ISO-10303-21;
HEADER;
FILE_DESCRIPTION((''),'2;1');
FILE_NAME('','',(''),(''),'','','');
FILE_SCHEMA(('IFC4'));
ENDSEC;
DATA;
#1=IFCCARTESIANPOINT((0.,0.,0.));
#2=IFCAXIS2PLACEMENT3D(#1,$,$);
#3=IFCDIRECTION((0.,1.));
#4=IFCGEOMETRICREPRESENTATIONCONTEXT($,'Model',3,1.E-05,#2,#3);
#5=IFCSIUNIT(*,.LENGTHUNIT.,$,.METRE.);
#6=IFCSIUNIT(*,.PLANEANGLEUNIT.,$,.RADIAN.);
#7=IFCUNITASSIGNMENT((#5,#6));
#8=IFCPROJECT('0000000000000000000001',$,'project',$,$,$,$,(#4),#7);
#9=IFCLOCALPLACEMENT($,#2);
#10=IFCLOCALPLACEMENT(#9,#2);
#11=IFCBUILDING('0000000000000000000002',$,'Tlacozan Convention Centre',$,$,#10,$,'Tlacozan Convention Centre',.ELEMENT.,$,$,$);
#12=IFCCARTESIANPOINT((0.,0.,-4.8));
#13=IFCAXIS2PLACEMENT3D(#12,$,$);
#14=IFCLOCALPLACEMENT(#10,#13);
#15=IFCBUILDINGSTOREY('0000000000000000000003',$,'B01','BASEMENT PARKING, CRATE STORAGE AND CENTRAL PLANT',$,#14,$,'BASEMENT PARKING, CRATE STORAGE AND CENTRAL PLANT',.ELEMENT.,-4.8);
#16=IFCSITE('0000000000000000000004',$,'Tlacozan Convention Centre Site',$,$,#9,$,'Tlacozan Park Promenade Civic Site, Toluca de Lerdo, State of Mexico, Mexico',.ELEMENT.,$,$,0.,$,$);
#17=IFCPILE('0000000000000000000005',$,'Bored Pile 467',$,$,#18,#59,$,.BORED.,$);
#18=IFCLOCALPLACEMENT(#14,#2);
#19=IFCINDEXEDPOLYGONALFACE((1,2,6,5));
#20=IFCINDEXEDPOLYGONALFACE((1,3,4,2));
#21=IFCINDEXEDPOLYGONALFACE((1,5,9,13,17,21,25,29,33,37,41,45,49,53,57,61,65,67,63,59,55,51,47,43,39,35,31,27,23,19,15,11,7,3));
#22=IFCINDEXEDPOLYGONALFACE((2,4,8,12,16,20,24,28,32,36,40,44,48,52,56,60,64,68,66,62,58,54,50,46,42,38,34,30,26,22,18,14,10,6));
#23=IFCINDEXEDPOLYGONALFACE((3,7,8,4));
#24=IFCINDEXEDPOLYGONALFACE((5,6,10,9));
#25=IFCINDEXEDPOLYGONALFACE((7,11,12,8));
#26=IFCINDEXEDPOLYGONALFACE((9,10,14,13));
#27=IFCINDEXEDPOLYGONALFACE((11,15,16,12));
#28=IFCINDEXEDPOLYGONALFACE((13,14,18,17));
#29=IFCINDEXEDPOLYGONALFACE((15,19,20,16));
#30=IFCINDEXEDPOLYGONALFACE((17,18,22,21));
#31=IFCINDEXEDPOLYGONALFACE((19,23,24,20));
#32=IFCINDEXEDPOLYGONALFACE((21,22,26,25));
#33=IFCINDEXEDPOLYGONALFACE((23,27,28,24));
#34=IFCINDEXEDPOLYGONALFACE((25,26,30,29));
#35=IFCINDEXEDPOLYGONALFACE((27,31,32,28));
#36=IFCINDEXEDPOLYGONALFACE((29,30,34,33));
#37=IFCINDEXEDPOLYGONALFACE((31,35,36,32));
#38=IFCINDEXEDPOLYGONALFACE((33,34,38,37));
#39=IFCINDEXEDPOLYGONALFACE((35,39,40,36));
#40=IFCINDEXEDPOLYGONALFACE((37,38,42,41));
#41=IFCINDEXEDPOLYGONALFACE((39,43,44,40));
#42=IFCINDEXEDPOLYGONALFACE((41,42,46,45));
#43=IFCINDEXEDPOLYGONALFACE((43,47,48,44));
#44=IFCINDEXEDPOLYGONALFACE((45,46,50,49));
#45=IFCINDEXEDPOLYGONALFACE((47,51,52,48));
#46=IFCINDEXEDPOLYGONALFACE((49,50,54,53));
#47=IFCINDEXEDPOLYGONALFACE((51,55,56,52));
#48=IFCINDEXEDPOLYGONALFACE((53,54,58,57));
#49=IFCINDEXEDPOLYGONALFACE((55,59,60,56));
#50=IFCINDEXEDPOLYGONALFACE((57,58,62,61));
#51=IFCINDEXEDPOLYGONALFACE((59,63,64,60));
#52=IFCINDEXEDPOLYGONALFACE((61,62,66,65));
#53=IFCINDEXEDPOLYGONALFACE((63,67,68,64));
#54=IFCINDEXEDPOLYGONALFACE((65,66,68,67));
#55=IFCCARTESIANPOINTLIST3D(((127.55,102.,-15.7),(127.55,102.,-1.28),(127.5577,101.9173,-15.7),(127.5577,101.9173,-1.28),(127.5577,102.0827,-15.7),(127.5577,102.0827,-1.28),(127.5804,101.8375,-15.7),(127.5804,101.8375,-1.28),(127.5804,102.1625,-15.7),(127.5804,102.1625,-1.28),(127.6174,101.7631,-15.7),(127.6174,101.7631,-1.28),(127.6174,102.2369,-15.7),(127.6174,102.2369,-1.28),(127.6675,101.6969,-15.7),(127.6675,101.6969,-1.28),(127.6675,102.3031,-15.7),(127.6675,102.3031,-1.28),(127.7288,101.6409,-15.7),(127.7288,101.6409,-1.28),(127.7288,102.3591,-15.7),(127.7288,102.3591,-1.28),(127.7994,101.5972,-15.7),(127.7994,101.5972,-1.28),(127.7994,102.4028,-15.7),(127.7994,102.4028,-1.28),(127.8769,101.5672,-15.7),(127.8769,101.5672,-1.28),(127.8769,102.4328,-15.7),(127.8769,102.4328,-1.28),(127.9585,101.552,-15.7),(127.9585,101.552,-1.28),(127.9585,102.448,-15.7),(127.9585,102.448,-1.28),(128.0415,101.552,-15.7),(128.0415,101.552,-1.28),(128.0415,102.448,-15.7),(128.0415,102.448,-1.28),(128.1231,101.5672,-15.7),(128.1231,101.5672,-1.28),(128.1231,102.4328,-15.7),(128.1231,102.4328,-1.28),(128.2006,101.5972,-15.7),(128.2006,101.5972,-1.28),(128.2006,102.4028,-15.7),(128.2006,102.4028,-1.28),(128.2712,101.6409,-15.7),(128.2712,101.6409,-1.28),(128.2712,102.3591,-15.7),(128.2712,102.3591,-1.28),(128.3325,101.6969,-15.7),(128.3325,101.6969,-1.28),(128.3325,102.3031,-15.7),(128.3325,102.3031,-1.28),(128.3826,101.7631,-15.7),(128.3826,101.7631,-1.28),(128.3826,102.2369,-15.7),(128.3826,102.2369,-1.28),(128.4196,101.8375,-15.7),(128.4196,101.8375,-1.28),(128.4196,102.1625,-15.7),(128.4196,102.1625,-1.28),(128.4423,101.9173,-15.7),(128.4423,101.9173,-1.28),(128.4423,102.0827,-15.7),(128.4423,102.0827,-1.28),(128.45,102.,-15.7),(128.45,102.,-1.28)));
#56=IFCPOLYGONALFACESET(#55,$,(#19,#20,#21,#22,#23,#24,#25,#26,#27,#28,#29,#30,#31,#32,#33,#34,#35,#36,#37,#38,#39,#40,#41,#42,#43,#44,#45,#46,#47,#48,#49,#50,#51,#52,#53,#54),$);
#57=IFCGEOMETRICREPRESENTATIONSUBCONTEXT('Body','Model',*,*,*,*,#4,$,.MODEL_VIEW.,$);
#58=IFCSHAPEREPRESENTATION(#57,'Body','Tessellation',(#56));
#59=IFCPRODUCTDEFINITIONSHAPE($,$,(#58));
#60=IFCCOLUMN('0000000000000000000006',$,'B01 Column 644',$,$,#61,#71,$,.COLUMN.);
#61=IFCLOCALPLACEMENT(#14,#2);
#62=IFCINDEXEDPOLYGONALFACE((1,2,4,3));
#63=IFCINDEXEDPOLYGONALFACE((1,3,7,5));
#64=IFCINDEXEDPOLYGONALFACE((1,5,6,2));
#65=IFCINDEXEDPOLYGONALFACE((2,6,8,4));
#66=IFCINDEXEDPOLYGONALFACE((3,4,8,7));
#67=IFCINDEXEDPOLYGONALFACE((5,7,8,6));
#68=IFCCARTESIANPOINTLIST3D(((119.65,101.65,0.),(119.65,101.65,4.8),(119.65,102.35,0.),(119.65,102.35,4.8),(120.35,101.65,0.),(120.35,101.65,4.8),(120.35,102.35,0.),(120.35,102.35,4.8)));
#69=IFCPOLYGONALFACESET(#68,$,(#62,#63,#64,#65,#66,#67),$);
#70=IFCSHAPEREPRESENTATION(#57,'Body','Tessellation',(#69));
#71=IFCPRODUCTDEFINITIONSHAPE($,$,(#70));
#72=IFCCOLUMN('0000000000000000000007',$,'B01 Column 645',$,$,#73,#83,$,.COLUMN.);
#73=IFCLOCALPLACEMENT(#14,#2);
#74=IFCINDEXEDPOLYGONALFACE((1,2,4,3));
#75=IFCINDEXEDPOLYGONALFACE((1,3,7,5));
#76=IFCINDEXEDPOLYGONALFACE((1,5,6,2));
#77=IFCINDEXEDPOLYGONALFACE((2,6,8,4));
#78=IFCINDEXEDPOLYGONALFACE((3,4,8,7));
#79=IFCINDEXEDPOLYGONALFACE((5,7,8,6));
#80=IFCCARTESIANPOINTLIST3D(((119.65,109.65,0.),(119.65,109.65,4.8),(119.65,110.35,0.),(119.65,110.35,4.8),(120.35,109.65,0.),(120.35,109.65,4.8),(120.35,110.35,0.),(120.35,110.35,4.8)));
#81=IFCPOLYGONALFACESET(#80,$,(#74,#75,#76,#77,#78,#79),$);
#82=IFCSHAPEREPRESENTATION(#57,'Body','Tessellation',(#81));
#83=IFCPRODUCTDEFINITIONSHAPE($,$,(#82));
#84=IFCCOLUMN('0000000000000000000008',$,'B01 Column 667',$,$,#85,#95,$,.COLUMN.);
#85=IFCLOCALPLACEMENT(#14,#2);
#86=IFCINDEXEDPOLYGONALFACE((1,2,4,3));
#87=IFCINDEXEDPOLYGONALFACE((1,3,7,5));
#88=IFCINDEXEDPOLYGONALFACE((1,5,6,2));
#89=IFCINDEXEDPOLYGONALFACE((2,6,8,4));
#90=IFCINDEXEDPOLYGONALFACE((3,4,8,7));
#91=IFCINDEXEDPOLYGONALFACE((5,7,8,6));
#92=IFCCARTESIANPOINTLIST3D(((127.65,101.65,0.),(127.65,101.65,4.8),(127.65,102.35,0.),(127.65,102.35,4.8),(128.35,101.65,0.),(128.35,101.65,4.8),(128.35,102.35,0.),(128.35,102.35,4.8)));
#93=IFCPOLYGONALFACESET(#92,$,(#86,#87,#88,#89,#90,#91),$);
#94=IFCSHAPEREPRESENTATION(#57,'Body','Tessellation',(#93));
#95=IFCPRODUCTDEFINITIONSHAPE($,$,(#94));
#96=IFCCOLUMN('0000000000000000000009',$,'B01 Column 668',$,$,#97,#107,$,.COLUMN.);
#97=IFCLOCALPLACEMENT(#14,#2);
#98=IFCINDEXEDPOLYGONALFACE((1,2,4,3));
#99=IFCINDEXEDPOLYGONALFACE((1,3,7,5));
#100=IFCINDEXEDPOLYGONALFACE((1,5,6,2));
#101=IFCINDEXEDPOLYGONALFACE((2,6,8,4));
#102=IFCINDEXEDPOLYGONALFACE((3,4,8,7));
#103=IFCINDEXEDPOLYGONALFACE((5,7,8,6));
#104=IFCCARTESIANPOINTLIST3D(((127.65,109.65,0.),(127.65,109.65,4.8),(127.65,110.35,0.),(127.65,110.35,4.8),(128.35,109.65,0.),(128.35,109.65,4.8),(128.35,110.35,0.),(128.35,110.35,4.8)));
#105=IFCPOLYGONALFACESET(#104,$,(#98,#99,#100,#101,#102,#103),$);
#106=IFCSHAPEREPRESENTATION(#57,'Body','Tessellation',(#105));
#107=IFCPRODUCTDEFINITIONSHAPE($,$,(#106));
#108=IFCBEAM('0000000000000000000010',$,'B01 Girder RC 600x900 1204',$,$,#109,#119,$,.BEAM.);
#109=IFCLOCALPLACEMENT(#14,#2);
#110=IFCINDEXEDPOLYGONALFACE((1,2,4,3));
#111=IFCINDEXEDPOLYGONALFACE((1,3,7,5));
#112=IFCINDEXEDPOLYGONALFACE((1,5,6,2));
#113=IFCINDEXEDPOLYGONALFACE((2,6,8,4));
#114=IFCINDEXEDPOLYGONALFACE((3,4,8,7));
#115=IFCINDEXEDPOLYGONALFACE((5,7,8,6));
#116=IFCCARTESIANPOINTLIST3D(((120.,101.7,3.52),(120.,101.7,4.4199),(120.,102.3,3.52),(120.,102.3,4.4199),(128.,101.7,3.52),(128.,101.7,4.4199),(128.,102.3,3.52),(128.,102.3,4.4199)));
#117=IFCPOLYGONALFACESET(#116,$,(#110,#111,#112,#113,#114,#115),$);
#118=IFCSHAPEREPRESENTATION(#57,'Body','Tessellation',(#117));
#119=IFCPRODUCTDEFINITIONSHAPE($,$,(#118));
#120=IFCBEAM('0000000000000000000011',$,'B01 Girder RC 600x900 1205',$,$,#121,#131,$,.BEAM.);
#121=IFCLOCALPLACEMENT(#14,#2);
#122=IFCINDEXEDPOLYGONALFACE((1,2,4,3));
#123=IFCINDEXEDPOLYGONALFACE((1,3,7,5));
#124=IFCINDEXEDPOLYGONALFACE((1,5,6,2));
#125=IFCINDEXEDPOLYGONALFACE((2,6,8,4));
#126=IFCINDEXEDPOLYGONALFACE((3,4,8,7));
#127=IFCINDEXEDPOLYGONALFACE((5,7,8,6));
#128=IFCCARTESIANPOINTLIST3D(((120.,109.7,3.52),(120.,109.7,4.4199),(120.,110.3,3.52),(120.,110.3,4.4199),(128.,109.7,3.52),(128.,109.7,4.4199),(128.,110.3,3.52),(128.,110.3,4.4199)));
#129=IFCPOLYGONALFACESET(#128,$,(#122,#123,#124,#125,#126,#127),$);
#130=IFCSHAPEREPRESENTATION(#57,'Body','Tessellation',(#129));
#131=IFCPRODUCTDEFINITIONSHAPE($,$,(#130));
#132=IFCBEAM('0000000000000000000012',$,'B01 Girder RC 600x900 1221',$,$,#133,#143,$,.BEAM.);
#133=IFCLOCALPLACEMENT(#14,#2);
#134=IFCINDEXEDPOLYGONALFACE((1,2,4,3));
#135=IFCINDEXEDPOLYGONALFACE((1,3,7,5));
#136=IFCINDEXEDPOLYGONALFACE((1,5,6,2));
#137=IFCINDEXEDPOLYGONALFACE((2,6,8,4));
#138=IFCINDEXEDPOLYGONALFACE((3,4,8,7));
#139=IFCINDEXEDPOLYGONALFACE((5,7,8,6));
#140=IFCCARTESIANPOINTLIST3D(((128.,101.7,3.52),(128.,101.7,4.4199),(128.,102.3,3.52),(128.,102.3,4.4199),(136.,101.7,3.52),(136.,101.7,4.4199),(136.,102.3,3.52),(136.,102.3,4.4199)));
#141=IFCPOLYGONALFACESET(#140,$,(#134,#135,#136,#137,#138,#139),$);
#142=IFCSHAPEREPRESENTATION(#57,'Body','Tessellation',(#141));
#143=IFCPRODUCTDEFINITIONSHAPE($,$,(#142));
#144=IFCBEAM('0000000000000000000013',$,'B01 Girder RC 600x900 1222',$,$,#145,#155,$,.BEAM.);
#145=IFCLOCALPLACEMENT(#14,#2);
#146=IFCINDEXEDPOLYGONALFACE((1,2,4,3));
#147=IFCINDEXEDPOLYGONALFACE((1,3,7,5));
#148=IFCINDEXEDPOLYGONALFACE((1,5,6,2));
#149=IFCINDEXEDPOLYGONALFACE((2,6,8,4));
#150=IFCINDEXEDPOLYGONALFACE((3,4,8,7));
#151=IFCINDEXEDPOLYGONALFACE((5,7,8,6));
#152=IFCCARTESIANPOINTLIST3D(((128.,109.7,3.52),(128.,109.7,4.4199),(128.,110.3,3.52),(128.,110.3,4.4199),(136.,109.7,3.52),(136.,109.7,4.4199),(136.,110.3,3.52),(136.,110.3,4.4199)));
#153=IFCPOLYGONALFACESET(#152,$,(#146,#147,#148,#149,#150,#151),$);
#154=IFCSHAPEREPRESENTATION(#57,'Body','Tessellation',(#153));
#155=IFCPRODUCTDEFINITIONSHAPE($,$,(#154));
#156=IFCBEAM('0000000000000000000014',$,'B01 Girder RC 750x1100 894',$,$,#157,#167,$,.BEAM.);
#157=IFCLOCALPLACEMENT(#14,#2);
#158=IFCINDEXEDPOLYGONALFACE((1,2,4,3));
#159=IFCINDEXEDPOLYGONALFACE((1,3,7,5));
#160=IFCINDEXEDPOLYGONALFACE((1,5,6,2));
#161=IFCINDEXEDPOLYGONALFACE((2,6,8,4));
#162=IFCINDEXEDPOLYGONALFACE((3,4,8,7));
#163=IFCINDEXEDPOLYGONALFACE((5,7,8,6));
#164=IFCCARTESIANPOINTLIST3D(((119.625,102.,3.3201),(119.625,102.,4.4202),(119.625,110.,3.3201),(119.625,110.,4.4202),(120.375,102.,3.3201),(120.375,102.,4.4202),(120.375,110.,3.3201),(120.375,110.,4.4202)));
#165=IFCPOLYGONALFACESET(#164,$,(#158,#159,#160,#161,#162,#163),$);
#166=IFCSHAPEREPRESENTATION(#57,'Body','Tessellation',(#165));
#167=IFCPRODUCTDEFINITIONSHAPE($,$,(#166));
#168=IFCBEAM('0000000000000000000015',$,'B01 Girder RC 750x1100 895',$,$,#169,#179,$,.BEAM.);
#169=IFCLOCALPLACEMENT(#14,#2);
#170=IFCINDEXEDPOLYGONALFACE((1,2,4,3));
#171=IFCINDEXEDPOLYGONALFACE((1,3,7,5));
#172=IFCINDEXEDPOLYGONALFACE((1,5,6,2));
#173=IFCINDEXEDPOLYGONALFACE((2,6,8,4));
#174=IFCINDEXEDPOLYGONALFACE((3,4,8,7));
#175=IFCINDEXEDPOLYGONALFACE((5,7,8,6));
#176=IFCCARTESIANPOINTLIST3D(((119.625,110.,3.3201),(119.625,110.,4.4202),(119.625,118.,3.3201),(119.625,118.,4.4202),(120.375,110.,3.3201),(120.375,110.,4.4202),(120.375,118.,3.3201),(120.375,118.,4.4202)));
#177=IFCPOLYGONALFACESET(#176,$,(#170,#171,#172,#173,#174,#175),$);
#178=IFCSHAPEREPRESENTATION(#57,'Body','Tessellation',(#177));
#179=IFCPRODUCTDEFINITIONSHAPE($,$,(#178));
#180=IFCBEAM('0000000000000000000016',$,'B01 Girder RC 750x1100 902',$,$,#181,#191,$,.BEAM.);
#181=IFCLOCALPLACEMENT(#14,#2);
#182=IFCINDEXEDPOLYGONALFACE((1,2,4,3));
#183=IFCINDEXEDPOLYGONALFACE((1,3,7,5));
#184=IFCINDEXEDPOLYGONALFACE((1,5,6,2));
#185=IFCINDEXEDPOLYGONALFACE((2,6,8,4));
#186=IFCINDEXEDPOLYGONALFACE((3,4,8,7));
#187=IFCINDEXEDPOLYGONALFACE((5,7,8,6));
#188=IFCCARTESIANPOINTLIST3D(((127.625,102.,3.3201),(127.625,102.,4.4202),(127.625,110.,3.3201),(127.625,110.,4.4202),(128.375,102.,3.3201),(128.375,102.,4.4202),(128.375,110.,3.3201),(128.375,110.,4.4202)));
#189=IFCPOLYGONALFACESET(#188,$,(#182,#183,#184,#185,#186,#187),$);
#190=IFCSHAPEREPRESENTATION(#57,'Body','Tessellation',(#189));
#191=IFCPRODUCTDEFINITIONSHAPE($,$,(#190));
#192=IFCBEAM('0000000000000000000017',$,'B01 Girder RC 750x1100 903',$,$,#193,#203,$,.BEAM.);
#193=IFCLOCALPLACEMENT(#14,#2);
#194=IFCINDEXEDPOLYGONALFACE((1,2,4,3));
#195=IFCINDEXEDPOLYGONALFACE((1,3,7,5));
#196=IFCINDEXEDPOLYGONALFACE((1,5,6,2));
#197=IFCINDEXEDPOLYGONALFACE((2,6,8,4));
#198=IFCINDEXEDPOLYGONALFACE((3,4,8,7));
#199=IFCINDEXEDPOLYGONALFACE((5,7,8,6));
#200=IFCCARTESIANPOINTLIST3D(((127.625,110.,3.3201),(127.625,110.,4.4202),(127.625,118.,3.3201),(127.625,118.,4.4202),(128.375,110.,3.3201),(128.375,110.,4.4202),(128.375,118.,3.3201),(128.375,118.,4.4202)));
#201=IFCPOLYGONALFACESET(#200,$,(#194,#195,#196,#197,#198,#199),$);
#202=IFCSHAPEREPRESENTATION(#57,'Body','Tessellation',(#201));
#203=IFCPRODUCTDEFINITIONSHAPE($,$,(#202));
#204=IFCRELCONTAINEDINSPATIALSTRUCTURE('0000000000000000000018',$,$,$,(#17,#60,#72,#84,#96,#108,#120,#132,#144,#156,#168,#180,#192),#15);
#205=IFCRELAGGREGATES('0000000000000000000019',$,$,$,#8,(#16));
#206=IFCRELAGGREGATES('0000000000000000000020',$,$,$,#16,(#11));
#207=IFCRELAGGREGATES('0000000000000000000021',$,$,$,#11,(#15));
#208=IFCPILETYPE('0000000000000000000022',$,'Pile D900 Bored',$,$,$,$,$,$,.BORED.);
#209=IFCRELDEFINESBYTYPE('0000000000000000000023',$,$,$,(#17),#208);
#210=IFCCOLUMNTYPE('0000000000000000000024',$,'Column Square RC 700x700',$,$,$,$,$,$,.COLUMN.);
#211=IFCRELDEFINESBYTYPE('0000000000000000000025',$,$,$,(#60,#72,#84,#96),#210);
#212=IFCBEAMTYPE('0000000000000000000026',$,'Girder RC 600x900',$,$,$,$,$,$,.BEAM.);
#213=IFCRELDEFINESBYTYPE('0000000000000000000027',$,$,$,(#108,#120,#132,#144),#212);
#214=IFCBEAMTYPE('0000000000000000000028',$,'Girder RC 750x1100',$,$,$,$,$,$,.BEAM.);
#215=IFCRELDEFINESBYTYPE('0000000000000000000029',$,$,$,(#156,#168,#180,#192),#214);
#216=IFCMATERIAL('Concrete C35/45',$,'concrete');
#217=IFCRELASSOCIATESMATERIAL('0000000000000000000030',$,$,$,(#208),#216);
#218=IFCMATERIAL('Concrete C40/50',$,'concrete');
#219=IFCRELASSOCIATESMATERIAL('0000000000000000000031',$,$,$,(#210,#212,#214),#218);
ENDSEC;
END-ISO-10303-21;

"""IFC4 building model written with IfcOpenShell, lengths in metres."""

from ifc_helpers import new_model, si_unit, direction, frame, origin, origin_2d, place, context, subcontext, project, spatial, rectangle, circle, extrude, material, material_profile, profile_set, type_object, element, save


model = new_model("IFC4")

# Units and contexts
model_context = context("Model", 3, precision=1e-05, world=origin(), true_north=direction((0.0, 1.0)))
body_context = subcontext(model_context, "Body", "Model", "MODEL_VIEW")
ifc_project = project(units=[si_unit("LENGTHUNIT", "METRE"), si_unit("PLANEANGLEUNIT", "RADIAN")], contexts=[model_context])

# Site, building, storey
site_placement = place(None, origin())
site = spatial("IfcSite", under=ifc_project, at=site_placement, Name="Tlacozan Convention Centre Site", LongName="Tlacozan Park Promenade Civic Site, Toluca de Lerdo, State of Mexico, Mexico", CompositionType="ELEMENT", RefElevation=0.0)
building_placement = place(site_placement, origin())
building = spatial("IfcBuilding", under=site, at=building_placement, Name="Tlacozan Convention Centre", LongName="Tlacozan Convention Centre", CompositionType="ELEMENT")
storey_placement = place(building_placement, frame((0.0, 0.0, -4.8)))
storey = spatial("IfcBuildingStorey", under=building, at=storey_placement, Name="B01", Description="BASEMENT PARKING, CRATE STORAGE AND CENTRAL PLANT", LongName="BASEMENT PARKING, CRATE STORAGE AND CENTRAL PLANT", CompositionType="ELEMENT", Elevation=-4.8)

# Shared definitions
ifc_material_1 = material(Name="Concrete C35/45", Category="concrete")

# Pile
ifc_material_profile_1 = material_profile(ifc_material_1, circle(Radius=0.45, at=origin_2d()), Name="PILE D900")
ifc_profile_set_1 = profile_set([ifc_material_profile_1], Name="Concrete C35/45")
pile_type_1 = type_object("IfcPileType", Name="Pile D900 Bored", PredefinedType="BORED", material=ifc_profile_set_1)
for number, where, z_axis, x_axis, name in (
    (1, (128.0, 102.0, -1.28), (0.0, 0.0, -1.0), (1.0, 0.0, 0.0), "Bored Pile 467"),
):
    element("IfcPile", number, at=place(storey_placement, frame(where, z_axis=z_axis, x_axis=x_axis)), inside=storey, type_object=pile_type_1, Name=name, PredefinedType="BORED", context=body_context, shape_type="SweptSolid", body=[
        extrude(circle(Radius=0.45, at=origin_2d()), origin(), (0.0, 0.0, 1.0), 14.4199),
    ])

# Columns
ifc_material_2 = material(Name="Concrete C40/50", Category="concrete")
ifc_material_profile_2 = material_profile(ifc_material_2, rectangle(XDim=0.7, YDim=0.7, at=origin_2d()), Name="RC 700x700")
ifc_profile_set_2 = profile_set([ifc_material_profile_2], Name="Concrete C40/50")
column_type = type_object("IfcColumnType", Name="Column Square RC 700x700", PredefinedType="COLUMN", material=ifc_profile_set_2)
for number, where, z_axis, x_axis, name in (
    (2, (120.0, 102.0, 0.0), (0.0, 0.0, 1.0), (1.0, 0.0, 0.0), "B01 Column 644"),
    (3, (120.0, 110.0, 0.0), (0.0, 0.0, 1.0), (1.0, 0.0, 0.0), "B01 Column 645"),
    (4, (128.0, 102.0, 0.0), (0.0, 0.0, 1.0), (1.0, 0.0, 0.0), "B01 Column 667"),
    (5, (128.0, 110.0, 0.0), (0.0, 0.0, 1.0), (1.0, 0.0, 0.0), "B01 Column 668"),
):
    element("IfcColumn", number, at=place(storey_placement, frame(where, z_axis=z_axis, x_axis=x_axis)), inside=storey, type_object=column_type, Name=name, PredefinedType="COLUMN", context=body_context, shape_type="SweptSolid", body=[
        extrude(rectangle(XDim=0.7, YDim=0.7, at=origin_2d()), origin(), (0.0, 0.0, 1.0), 4.8),
    ])

# Beams
ifc_material_profile_3 = material_profile(ifc_material_2, rectangle(XDim=0.6001, YDim=0.8999, at=origin_2d()), Name="RC 600x900")
ifc_profile_set_3 = profile_set([ifc_material_profile_3], Name="Concrete C40/50")
beam_type_1 = type_object("IfcBeamType", Name="Girder RC 600x900", PredefinedType="BEAM", material=ifc_profile_set_3)
for number, where, z_axis, x_axis, name in (
    (6, (120.0, 102.0, 3.97), (1.0, 0.0, 0.0), (0.0, 1.0, 0.0), "B01 Girder RC 600x900 1204"),
    (7, (120.0, 110.0, 3.97), (1.0, 0.0, 0.0), (0.0, 1.0, 0.0), "B01 Girder RC 600x900 1205"),
    (8, (128.0, 102.0, 3.97), (1.0, 0.0, 0.0), (0.0, 1.0, 0.0), "B01 Girder RC 600x900 1221"),
    (9, (128.0, 110.0, 3.97), (1.0, 0.0, 0.0), (0.0, 1.0, 0.0), "B01 Girder RC 600x900 1222"),
):
    element("IfcBeam", number, at=place(storey_placement, frame(where, z_axis=z_axis, x_axis=x_axis)), inside=storey, type_object=beam_type_1, Name=name, PredefinedType="BEAM", context=body_context, shape_type="SweptSolid", body=[
        extrude(rectangle(XDim=0.6001, YDim=0.8999, at=origin_2d()), origin(), (0.0, 0.0, 1.0), 8.0),
    ])
ifc_material_profile_4 = material_profile(ifc_material_2, rectangle(XDim=0.75, YDim=1.1001, at=origin_2d()), Name="RC 750x1100")
ifc_profile_set_4 = profile_set([ifc_material_profile_4], Name="Concrete C40/50")
beam_type_2 = type_object("IfcBeamType", Name="Girder RC 750x1100", PredefinedType="BEAM", material=ifc_profile_set_4)
for number, where, z_axis, x_axis, name in (
    (10, (120.0, 102.0, 3.8701), (0.0, 1.0, 0.0), (-1.0, 0.0, 0.0), "B01 Girder RC 750x1100 894"),
    (11, (120.0, 110.0, 3.8701), (0.0, 1.0, 0.0), (-1.0, 0.0, 0.0), "B01 Girder RC 750x1100 895"),
    (12, (128.0, 102.0, 3.8701), (0.0, 1.0, 0.0), (-1.0, 0.0, 0.0), "B01 Girder RC 750x1100 902"),
    (13, (128.0, 110.0, 3.8701), (0.0, 1.0, 0.0), (-1.0, 0.0, 0.0), "B01 Girder RC 750x1100 903"),
):
    element("IfcBeam", number, at=place(storey_placement, frame(where, z_axis=z_axis, x_axis=x_axis)), inside=storey, type_object=beam_type_2, Name=name, PredefinedType="BEAM", context=body_context, shape_type="SweptSolid", body=[
        extrude(rectangle(XDim=0.75, YDim=1.1001, at=origin_2d()), origin(), (0.0, 0.0, 1.0), 8.0),
    ])

save(model, "model.ifc")
